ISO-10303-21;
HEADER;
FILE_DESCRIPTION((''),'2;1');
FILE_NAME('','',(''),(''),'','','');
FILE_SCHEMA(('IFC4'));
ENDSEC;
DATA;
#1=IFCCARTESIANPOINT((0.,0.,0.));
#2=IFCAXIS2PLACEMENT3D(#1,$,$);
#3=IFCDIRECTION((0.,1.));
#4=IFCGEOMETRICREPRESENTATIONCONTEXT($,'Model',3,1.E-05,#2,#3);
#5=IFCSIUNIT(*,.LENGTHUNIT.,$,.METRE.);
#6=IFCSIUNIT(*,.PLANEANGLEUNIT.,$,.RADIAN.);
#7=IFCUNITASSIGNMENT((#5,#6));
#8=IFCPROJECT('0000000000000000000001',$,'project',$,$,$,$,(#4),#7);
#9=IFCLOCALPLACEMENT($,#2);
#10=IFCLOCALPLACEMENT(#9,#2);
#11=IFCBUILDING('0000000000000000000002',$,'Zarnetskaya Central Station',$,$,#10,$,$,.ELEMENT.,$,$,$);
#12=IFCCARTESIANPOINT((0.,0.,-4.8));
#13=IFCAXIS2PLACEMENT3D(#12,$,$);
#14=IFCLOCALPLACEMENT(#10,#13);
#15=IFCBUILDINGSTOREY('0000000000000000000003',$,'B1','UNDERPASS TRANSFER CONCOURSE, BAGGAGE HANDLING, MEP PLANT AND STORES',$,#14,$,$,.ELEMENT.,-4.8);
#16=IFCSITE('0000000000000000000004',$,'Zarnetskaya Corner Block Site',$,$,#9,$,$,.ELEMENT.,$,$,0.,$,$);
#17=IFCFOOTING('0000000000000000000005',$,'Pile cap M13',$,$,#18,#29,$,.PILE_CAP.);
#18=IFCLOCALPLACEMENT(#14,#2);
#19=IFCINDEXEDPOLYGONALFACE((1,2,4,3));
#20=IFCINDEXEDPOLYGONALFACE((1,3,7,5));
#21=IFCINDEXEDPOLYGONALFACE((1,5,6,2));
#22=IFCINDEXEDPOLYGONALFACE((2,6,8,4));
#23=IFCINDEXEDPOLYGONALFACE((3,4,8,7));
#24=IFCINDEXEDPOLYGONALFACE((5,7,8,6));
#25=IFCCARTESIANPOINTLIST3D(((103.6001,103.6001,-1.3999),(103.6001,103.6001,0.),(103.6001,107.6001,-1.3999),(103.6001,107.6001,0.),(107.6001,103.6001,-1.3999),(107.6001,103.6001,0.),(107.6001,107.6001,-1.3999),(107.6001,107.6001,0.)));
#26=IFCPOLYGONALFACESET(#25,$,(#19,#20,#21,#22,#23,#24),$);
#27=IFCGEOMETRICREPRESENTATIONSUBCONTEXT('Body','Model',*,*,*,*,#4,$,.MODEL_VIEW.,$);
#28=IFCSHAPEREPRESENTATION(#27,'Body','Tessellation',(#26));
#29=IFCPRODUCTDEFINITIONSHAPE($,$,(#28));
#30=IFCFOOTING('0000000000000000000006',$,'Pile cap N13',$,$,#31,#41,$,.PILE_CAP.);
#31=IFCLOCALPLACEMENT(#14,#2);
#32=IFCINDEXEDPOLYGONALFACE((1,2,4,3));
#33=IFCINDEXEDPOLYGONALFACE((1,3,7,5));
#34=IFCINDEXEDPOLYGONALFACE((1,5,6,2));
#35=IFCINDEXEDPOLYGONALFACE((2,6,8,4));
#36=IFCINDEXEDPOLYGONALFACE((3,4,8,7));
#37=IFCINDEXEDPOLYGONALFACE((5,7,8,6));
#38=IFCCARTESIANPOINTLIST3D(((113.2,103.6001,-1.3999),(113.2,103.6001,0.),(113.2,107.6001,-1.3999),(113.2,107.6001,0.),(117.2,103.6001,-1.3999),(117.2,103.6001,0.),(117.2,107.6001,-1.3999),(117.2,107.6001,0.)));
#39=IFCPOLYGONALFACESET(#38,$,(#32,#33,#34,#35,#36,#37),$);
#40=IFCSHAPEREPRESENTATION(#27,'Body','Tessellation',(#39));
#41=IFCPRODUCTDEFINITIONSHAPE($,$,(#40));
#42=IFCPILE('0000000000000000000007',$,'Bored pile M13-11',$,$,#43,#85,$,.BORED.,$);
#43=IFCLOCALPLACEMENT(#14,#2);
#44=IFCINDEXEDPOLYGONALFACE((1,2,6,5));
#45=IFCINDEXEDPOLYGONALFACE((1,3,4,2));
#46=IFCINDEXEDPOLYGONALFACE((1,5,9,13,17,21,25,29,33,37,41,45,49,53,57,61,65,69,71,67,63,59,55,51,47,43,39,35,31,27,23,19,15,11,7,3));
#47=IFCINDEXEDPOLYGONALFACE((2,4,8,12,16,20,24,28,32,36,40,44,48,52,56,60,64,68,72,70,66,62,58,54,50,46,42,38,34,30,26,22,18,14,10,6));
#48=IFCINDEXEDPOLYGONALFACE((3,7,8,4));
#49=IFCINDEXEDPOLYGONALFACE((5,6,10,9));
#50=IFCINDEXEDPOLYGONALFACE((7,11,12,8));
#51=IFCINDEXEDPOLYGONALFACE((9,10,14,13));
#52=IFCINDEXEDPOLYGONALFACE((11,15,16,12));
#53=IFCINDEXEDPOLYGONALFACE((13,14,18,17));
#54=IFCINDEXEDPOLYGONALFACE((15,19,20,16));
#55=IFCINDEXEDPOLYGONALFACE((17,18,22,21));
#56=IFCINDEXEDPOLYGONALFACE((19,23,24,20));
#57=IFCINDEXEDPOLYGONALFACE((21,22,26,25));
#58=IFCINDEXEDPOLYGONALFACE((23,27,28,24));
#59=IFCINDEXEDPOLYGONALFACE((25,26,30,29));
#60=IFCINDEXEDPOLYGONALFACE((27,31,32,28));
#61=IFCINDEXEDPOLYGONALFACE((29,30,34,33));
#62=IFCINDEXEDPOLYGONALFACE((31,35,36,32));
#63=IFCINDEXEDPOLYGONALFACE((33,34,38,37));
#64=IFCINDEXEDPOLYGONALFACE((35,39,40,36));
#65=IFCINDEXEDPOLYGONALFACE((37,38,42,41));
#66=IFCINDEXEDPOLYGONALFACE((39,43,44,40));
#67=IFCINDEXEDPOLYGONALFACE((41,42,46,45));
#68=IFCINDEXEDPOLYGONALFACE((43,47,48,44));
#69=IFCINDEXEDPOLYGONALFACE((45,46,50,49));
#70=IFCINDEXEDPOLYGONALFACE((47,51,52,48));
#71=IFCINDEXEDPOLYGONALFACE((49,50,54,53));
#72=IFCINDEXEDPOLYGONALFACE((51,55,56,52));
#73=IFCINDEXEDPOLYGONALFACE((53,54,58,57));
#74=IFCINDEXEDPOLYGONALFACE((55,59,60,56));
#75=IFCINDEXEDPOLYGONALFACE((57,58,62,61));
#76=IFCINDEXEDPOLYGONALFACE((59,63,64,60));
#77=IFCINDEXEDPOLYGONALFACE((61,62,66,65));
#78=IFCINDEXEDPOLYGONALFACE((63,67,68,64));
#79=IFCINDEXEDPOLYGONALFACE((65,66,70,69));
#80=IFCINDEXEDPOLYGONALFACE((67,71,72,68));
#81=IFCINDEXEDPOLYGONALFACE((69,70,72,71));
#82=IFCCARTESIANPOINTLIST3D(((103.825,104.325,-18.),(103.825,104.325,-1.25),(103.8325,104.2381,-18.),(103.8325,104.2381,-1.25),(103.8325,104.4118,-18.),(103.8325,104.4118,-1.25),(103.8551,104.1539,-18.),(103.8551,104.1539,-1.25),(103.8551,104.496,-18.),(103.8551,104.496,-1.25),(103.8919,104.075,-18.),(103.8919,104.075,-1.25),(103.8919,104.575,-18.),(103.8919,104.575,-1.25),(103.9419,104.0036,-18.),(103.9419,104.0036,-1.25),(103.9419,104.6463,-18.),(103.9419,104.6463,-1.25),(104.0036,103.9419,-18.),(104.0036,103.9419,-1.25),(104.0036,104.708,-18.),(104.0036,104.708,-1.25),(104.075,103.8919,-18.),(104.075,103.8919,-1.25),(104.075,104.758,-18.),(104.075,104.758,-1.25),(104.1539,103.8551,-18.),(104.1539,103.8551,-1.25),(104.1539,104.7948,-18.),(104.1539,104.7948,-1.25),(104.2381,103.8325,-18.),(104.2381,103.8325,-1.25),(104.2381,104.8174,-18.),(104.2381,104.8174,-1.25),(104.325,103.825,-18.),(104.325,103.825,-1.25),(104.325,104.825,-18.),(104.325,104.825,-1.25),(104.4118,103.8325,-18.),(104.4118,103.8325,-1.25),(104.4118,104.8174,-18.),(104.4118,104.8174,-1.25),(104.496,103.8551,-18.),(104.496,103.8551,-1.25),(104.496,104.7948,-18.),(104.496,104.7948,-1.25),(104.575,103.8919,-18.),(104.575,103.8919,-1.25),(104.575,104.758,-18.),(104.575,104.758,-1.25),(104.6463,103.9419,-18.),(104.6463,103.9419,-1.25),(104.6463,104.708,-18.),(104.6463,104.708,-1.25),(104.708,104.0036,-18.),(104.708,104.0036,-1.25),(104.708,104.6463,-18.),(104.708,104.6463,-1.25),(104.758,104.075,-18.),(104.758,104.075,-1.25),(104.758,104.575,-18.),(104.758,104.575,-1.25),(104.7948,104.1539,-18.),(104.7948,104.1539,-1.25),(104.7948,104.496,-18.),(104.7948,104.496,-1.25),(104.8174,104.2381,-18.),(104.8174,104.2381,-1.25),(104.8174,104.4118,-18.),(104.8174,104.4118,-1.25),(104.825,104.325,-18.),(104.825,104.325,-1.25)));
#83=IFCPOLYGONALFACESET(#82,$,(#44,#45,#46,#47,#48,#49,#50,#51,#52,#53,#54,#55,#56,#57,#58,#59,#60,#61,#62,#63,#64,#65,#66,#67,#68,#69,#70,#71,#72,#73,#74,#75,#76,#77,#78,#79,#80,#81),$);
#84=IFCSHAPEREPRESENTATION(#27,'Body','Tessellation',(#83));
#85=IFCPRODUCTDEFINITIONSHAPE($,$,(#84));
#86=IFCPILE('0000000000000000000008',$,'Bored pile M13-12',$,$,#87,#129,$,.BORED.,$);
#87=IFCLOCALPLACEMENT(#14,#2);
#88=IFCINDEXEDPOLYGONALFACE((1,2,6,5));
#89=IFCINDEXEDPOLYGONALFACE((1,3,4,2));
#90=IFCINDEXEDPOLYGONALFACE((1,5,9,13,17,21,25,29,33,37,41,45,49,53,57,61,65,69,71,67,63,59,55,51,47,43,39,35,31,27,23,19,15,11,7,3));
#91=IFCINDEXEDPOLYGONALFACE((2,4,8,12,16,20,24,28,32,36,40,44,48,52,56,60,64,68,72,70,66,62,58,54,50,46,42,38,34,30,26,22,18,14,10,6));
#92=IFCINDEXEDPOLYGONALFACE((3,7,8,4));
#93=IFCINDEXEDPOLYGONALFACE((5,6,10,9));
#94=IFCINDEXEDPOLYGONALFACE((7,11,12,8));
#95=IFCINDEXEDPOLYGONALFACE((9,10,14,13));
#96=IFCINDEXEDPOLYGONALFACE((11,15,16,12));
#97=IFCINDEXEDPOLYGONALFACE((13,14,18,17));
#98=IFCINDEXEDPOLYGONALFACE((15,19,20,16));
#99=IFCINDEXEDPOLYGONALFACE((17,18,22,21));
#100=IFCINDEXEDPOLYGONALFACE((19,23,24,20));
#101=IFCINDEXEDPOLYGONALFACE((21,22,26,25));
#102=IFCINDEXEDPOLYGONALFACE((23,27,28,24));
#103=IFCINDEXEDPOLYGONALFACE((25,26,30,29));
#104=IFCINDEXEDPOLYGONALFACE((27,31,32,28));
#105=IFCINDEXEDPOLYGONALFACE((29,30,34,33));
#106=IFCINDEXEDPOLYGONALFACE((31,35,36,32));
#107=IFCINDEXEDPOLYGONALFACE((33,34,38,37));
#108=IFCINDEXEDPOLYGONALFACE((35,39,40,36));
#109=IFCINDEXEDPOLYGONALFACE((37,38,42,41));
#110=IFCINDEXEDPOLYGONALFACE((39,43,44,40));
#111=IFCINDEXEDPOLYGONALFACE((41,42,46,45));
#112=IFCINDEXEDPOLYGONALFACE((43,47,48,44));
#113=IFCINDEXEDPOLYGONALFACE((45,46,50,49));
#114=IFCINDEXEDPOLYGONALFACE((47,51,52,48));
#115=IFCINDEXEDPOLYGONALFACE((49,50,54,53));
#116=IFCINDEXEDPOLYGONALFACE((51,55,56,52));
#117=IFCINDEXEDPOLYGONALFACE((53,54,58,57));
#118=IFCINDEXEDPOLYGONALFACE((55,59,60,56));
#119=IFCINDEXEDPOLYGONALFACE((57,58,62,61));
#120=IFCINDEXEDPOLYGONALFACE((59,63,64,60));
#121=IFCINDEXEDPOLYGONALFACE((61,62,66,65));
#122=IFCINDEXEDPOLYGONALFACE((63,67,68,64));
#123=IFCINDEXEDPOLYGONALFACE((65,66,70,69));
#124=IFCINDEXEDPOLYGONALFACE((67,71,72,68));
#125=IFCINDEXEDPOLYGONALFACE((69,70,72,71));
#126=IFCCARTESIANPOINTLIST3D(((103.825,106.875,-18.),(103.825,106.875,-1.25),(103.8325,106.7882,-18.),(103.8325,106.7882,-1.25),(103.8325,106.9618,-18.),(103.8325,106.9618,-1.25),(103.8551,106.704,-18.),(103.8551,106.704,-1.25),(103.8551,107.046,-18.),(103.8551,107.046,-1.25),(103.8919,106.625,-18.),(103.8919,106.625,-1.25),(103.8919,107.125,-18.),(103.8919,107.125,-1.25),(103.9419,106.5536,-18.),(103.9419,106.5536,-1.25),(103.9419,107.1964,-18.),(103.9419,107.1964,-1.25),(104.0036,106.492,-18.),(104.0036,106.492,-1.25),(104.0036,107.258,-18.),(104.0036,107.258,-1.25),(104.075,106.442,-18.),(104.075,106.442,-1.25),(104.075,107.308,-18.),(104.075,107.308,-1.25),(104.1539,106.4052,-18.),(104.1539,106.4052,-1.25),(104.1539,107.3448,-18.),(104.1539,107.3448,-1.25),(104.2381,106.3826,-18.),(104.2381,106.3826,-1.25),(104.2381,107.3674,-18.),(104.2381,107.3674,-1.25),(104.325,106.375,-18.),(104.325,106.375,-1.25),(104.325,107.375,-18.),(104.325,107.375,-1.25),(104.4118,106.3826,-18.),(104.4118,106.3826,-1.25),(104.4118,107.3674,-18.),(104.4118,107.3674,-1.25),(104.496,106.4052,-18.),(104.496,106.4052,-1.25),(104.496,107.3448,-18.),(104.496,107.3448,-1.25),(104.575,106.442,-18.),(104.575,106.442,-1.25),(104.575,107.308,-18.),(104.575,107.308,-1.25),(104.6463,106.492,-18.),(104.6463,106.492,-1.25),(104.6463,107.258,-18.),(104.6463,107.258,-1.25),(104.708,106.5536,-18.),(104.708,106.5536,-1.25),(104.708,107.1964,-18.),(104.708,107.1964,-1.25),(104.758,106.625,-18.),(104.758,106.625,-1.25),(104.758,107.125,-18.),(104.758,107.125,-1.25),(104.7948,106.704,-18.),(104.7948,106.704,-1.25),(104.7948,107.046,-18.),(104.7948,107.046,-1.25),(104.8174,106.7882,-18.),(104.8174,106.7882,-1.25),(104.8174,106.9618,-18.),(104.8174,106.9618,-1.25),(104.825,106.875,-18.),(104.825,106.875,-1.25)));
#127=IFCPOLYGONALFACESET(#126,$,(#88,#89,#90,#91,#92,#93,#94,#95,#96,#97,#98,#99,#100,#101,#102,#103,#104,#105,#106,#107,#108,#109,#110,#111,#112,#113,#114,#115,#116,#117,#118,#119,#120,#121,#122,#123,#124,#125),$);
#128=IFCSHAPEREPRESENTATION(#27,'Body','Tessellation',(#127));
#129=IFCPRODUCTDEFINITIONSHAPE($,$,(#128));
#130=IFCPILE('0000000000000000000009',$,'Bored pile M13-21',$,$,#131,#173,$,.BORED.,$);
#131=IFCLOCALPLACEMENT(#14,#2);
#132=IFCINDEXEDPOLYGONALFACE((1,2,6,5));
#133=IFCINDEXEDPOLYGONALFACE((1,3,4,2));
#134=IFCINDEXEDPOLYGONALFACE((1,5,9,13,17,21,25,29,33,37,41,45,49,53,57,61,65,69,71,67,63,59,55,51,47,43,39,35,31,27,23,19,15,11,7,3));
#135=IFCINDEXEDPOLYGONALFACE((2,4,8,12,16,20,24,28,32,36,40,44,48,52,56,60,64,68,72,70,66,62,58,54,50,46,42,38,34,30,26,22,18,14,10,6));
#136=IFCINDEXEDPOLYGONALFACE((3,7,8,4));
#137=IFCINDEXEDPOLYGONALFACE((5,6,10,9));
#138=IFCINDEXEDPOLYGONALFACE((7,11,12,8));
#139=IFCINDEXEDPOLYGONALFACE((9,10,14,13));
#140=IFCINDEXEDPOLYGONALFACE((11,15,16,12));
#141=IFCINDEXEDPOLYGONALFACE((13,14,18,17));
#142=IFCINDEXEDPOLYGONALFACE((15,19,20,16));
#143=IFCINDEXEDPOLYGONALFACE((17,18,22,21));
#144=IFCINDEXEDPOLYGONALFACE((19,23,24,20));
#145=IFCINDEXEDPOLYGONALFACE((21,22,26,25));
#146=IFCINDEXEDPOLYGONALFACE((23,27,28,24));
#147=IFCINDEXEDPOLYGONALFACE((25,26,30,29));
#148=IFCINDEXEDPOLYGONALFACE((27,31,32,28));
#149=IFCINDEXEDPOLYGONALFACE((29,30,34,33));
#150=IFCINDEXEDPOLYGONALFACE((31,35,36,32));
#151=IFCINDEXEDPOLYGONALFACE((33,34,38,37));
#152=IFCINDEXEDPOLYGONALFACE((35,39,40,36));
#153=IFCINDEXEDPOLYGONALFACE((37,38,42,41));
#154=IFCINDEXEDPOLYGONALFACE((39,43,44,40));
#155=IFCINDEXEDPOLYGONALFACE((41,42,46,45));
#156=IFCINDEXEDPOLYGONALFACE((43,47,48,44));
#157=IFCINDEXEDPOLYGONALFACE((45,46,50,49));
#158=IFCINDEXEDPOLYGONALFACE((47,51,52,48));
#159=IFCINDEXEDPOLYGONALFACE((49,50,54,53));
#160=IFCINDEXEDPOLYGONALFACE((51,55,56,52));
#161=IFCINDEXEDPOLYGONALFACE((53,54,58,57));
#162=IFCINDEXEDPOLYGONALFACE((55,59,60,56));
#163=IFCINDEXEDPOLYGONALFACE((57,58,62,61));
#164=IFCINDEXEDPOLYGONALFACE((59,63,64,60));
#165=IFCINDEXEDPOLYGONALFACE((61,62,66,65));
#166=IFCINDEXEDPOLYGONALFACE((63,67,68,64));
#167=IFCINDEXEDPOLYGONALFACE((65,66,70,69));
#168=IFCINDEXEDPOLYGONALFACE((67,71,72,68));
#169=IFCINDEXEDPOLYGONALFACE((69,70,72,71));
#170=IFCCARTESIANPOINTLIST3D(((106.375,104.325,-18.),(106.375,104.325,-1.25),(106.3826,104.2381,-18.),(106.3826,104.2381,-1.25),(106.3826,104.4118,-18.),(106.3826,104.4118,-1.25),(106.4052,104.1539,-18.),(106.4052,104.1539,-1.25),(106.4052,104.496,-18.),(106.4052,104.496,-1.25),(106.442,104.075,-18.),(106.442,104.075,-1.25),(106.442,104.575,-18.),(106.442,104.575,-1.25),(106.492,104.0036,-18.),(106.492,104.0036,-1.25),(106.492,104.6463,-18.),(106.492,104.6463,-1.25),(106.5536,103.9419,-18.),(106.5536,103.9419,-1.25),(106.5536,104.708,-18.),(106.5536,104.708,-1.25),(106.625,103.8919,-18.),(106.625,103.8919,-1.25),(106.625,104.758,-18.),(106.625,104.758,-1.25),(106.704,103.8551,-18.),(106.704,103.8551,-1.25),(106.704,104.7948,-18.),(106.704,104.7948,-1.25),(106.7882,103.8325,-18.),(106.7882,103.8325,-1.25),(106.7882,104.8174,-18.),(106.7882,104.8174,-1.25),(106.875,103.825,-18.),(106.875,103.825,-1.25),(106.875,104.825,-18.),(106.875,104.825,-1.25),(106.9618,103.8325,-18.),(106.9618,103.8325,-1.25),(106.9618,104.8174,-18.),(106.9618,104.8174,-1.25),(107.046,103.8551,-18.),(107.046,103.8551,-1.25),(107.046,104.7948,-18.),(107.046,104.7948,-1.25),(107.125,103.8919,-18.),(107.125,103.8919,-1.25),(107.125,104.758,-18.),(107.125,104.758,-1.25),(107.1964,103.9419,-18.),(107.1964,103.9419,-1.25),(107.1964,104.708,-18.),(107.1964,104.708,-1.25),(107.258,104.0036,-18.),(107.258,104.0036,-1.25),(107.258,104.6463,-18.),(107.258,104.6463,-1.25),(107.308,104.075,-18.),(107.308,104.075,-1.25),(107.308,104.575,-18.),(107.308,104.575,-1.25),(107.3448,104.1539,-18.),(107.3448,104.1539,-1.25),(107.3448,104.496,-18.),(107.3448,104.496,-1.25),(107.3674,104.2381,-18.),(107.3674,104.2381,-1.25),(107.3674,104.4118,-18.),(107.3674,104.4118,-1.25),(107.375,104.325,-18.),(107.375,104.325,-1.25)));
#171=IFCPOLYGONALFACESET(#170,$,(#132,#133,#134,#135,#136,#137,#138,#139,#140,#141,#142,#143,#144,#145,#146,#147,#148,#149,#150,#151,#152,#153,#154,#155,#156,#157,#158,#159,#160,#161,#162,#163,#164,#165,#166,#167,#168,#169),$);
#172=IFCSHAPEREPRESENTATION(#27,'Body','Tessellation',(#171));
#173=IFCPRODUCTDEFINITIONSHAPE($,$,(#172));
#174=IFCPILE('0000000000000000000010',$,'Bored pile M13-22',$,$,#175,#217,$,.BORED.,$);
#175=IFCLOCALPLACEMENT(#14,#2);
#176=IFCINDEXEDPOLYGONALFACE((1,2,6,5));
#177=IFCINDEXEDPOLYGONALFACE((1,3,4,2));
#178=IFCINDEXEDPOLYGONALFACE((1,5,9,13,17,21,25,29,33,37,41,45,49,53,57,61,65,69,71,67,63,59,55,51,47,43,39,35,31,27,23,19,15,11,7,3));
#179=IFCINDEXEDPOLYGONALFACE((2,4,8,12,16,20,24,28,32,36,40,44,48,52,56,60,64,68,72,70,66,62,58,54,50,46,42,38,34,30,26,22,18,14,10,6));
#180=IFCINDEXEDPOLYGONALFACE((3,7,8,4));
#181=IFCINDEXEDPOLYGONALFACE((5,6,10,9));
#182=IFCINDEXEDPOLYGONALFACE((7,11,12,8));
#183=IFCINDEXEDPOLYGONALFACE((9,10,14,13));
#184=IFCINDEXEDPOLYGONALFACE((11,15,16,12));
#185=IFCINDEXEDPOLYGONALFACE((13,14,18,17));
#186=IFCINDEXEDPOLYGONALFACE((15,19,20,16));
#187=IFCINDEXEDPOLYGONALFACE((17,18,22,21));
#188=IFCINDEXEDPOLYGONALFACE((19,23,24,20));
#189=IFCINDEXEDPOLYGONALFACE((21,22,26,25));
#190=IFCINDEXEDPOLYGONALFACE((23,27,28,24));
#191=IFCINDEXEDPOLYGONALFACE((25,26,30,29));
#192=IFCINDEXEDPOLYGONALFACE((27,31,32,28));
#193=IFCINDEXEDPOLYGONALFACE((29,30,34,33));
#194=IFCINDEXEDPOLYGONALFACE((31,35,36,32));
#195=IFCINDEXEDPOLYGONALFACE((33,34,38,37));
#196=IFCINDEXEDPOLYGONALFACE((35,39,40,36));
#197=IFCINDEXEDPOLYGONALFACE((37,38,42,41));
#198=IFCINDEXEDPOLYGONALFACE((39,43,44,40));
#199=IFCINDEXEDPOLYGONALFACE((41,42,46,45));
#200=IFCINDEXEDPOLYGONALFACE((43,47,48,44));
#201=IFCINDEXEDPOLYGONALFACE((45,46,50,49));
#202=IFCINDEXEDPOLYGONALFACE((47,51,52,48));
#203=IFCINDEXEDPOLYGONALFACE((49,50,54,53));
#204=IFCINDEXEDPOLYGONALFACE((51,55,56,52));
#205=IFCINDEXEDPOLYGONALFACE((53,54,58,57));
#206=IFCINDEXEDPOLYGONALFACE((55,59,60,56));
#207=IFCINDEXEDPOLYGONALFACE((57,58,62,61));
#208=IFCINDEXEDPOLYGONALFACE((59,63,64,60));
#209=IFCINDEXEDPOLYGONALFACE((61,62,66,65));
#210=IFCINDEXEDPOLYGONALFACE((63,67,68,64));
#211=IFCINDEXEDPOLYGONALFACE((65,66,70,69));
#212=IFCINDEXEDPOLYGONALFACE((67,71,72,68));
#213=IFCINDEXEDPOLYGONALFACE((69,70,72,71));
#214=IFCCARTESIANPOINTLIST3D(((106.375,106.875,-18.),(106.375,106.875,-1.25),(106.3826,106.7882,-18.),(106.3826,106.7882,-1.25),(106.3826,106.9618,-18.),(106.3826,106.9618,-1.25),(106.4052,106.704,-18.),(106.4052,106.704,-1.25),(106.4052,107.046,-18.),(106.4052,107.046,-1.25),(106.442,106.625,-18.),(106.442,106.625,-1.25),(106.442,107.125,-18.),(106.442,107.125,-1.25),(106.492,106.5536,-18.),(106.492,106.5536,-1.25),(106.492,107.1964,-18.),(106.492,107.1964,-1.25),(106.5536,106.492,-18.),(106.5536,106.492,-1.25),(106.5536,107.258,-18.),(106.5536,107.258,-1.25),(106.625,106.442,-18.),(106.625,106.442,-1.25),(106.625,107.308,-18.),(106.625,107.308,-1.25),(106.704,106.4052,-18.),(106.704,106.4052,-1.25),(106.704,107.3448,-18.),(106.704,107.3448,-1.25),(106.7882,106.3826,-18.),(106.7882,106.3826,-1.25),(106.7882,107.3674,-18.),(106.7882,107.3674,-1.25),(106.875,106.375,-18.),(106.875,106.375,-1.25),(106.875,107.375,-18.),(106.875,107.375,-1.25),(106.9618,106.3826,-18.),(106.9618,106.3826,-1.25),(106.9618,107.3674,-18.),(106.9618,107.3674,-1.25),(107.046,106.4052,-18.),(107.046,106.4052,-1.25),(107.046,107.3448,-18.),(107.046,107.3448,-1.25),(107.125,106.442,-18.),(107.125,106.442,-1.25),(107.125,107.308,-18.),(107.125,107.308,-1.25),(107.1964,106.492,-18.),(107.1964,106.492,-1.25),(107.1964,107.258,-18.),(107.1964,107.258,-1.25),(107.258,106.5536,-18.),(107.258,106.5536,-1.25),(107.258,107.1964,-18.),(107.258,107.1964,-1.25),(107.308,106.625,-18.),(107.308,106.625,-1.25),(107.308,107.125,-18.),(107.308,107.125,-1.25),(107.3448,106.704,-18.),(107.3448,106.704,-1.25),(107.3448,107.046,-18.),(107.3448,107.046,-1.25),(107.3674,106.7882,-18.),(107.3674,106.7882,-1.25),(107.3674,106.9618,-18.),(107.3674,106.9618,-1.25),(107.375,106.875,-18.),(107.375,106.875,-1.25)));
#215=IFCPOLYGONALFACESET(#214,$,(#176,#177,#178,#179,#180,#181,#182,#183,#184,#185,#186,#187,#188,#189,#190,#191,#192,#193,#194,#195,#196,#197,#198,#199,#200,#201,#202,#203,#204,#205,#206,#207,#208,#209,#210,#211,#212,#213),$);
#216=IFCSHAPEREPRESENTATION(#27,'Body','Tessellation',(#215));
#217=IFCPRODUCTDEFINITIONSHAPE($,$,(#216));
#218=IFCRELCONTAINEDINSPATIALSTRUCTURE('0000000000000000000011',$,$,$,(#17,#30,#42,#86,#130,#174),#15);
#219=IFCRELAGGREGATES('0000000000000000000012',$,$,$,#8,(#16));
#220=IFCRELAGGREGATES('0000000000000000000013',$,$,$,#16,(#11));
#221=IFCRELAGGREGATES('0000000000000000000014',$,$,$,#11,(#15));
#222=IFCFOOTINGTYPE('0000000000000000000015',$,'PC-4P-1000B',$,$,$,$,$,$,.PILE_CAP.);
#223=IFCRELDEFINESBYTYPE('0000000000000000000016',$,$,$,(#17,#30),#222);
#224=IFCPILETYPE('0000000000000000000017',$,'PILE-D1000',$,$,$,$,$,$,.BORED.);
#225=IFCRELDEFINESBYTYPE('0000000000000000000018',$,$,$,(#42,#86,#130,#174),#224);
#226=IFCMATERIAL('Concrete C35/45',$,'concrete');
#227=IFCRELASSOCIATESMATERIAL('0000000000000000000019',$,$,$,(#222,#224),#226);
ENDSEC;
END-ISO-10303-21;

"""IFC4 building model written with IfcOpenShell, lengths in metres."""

from ifc_helpers import new_model, si_unit, direction, frame, origin, origin_2d, place, context, subcontext, project, spatial, rectangle, circle, extrude, material, material_profile, profile_set, type_object, element, save


model = new_model("IFC4")

# Units and contexts
model_context = context("Model", 3, precision=1e-05, world=origin(), true_north=direction((0.0, 1.0)))
body_context = subcontext(model_context, "Body", "Model", "MODEL_VIEW")
ifc_project = project(units=[si_unit("LENGTHUNIT", "METRE"), si_unit("PLANEANGLEUNIT", "RADIAN")], contexts=[model_context])

# Site, building, storey
site_placement = place(None, origin())
site = spatial("IfcSite", under=ifc_project, at=site_placement, Name="Zarnetskaya Corner Block Site", CompositionType="ELEMENT", RefElevation=0.0)
building_placement = place(site_placement, origin())
building = spatial("IfcBuilding", under=site, at=building_placement, Name="Zarnetskaya Central Station", CompositionType="ELEMENT")
storey_placement = place(building_placement, frame((0.0, 0.0, -4.8)))
storey = spatial("IfcBuildingStorey", under=building, at=storey_placement, Name="B1", Description="UNDERPASS TRANSFER CONCOURSE, BAGGAGE HANDLING, MEP PLANT AND STORES", CompositionType="ELEMENT", Elevation=-4.8)

# Footings
ifc_material = material(Name="Concrete C35/45", Category="concrete")
footing_type = type_object("IfcFootingType", Name="PC-4P-1000B", PredefinedType="PILE_CAP", material=ifc_material)
for number, where, z_axis, x_axis, name in (
    (1, (105.6001, 105.6001, -1.3999), (0.0, 0.0, 1.0), (1.0, 0.0, 0.0), "Pile cap M13"),
    (2, (115.2, 105.6001, -1.3999), (0.0, 0.0, 1.0), (1.0, 0.0, 0.0), "Pile cap N13"),
):
    element("IfcFooting", number, at=place(storey_placement, frame(where, z_axis=z_axis, x_axis=x_axis)), inside=storey, type_object=footing_type, Name=name, PredefinedType="PILE_CAP", context=body_context, shape_type="SweptSolid", body=[
        extrude(rectangle(XDim=4.0, YDim=4.0, at=origin_2d()), origin(), (0.0, 0.0, 1.0), 1.3999),
    ])

# Piles
ifc_material_profile_1 = material_profile(ifc_material, circle(Radius=0.5, at=origin_2d()), Name="BORED PILE D1000")
ifc_profile_set_1 = profile_set([ifc_material_profile_1], Name="Concrete C35/45")
pile_type_1 = type_object("IfcPileType", Name="PILE-D1000", PredefinedType="BORED", material=ifc_profile_set_1)
for number, where, z_axis, x_axis, name in (
    (3, (104.325, 104.325, -1.25), (0.0, 0.0, -1.0), (1.0, 0.0, 0.0), "Bored pile M13-11"),
    (4, (104.325, 106.875, -1.25), (0.0, 0.0, -1.0), (1.0, 0.0, 0.0), "Bored pile M13-12"),
    (5, (106.875, 104.325, -1.25), (0.0, 0.0, -1.0), (1.0, 0.0, 0.0), "Bored pile M13-21"),
    (6, (106.875, 106.875, -1.25), (0.0, 0.0, -1.0), (1.0, 0.0, 0.0), "Bored pile M13-22"),
):
    element("IfcPile", number, at=place(storey_placement, frame(where, z_axis=z_axis, x_axis=x_axis)), inside=storey, type_object=pile_type_1, Name=name, PredefinedType="BORED", context=body_context, shape_type="SweptSolid", body=[
        extrude(circle(Radius=0.5, at=origin_2d()), origin(), (0.0, 0.0, 1.0), 16.75),
    ])

save(model, "model.ifc")
